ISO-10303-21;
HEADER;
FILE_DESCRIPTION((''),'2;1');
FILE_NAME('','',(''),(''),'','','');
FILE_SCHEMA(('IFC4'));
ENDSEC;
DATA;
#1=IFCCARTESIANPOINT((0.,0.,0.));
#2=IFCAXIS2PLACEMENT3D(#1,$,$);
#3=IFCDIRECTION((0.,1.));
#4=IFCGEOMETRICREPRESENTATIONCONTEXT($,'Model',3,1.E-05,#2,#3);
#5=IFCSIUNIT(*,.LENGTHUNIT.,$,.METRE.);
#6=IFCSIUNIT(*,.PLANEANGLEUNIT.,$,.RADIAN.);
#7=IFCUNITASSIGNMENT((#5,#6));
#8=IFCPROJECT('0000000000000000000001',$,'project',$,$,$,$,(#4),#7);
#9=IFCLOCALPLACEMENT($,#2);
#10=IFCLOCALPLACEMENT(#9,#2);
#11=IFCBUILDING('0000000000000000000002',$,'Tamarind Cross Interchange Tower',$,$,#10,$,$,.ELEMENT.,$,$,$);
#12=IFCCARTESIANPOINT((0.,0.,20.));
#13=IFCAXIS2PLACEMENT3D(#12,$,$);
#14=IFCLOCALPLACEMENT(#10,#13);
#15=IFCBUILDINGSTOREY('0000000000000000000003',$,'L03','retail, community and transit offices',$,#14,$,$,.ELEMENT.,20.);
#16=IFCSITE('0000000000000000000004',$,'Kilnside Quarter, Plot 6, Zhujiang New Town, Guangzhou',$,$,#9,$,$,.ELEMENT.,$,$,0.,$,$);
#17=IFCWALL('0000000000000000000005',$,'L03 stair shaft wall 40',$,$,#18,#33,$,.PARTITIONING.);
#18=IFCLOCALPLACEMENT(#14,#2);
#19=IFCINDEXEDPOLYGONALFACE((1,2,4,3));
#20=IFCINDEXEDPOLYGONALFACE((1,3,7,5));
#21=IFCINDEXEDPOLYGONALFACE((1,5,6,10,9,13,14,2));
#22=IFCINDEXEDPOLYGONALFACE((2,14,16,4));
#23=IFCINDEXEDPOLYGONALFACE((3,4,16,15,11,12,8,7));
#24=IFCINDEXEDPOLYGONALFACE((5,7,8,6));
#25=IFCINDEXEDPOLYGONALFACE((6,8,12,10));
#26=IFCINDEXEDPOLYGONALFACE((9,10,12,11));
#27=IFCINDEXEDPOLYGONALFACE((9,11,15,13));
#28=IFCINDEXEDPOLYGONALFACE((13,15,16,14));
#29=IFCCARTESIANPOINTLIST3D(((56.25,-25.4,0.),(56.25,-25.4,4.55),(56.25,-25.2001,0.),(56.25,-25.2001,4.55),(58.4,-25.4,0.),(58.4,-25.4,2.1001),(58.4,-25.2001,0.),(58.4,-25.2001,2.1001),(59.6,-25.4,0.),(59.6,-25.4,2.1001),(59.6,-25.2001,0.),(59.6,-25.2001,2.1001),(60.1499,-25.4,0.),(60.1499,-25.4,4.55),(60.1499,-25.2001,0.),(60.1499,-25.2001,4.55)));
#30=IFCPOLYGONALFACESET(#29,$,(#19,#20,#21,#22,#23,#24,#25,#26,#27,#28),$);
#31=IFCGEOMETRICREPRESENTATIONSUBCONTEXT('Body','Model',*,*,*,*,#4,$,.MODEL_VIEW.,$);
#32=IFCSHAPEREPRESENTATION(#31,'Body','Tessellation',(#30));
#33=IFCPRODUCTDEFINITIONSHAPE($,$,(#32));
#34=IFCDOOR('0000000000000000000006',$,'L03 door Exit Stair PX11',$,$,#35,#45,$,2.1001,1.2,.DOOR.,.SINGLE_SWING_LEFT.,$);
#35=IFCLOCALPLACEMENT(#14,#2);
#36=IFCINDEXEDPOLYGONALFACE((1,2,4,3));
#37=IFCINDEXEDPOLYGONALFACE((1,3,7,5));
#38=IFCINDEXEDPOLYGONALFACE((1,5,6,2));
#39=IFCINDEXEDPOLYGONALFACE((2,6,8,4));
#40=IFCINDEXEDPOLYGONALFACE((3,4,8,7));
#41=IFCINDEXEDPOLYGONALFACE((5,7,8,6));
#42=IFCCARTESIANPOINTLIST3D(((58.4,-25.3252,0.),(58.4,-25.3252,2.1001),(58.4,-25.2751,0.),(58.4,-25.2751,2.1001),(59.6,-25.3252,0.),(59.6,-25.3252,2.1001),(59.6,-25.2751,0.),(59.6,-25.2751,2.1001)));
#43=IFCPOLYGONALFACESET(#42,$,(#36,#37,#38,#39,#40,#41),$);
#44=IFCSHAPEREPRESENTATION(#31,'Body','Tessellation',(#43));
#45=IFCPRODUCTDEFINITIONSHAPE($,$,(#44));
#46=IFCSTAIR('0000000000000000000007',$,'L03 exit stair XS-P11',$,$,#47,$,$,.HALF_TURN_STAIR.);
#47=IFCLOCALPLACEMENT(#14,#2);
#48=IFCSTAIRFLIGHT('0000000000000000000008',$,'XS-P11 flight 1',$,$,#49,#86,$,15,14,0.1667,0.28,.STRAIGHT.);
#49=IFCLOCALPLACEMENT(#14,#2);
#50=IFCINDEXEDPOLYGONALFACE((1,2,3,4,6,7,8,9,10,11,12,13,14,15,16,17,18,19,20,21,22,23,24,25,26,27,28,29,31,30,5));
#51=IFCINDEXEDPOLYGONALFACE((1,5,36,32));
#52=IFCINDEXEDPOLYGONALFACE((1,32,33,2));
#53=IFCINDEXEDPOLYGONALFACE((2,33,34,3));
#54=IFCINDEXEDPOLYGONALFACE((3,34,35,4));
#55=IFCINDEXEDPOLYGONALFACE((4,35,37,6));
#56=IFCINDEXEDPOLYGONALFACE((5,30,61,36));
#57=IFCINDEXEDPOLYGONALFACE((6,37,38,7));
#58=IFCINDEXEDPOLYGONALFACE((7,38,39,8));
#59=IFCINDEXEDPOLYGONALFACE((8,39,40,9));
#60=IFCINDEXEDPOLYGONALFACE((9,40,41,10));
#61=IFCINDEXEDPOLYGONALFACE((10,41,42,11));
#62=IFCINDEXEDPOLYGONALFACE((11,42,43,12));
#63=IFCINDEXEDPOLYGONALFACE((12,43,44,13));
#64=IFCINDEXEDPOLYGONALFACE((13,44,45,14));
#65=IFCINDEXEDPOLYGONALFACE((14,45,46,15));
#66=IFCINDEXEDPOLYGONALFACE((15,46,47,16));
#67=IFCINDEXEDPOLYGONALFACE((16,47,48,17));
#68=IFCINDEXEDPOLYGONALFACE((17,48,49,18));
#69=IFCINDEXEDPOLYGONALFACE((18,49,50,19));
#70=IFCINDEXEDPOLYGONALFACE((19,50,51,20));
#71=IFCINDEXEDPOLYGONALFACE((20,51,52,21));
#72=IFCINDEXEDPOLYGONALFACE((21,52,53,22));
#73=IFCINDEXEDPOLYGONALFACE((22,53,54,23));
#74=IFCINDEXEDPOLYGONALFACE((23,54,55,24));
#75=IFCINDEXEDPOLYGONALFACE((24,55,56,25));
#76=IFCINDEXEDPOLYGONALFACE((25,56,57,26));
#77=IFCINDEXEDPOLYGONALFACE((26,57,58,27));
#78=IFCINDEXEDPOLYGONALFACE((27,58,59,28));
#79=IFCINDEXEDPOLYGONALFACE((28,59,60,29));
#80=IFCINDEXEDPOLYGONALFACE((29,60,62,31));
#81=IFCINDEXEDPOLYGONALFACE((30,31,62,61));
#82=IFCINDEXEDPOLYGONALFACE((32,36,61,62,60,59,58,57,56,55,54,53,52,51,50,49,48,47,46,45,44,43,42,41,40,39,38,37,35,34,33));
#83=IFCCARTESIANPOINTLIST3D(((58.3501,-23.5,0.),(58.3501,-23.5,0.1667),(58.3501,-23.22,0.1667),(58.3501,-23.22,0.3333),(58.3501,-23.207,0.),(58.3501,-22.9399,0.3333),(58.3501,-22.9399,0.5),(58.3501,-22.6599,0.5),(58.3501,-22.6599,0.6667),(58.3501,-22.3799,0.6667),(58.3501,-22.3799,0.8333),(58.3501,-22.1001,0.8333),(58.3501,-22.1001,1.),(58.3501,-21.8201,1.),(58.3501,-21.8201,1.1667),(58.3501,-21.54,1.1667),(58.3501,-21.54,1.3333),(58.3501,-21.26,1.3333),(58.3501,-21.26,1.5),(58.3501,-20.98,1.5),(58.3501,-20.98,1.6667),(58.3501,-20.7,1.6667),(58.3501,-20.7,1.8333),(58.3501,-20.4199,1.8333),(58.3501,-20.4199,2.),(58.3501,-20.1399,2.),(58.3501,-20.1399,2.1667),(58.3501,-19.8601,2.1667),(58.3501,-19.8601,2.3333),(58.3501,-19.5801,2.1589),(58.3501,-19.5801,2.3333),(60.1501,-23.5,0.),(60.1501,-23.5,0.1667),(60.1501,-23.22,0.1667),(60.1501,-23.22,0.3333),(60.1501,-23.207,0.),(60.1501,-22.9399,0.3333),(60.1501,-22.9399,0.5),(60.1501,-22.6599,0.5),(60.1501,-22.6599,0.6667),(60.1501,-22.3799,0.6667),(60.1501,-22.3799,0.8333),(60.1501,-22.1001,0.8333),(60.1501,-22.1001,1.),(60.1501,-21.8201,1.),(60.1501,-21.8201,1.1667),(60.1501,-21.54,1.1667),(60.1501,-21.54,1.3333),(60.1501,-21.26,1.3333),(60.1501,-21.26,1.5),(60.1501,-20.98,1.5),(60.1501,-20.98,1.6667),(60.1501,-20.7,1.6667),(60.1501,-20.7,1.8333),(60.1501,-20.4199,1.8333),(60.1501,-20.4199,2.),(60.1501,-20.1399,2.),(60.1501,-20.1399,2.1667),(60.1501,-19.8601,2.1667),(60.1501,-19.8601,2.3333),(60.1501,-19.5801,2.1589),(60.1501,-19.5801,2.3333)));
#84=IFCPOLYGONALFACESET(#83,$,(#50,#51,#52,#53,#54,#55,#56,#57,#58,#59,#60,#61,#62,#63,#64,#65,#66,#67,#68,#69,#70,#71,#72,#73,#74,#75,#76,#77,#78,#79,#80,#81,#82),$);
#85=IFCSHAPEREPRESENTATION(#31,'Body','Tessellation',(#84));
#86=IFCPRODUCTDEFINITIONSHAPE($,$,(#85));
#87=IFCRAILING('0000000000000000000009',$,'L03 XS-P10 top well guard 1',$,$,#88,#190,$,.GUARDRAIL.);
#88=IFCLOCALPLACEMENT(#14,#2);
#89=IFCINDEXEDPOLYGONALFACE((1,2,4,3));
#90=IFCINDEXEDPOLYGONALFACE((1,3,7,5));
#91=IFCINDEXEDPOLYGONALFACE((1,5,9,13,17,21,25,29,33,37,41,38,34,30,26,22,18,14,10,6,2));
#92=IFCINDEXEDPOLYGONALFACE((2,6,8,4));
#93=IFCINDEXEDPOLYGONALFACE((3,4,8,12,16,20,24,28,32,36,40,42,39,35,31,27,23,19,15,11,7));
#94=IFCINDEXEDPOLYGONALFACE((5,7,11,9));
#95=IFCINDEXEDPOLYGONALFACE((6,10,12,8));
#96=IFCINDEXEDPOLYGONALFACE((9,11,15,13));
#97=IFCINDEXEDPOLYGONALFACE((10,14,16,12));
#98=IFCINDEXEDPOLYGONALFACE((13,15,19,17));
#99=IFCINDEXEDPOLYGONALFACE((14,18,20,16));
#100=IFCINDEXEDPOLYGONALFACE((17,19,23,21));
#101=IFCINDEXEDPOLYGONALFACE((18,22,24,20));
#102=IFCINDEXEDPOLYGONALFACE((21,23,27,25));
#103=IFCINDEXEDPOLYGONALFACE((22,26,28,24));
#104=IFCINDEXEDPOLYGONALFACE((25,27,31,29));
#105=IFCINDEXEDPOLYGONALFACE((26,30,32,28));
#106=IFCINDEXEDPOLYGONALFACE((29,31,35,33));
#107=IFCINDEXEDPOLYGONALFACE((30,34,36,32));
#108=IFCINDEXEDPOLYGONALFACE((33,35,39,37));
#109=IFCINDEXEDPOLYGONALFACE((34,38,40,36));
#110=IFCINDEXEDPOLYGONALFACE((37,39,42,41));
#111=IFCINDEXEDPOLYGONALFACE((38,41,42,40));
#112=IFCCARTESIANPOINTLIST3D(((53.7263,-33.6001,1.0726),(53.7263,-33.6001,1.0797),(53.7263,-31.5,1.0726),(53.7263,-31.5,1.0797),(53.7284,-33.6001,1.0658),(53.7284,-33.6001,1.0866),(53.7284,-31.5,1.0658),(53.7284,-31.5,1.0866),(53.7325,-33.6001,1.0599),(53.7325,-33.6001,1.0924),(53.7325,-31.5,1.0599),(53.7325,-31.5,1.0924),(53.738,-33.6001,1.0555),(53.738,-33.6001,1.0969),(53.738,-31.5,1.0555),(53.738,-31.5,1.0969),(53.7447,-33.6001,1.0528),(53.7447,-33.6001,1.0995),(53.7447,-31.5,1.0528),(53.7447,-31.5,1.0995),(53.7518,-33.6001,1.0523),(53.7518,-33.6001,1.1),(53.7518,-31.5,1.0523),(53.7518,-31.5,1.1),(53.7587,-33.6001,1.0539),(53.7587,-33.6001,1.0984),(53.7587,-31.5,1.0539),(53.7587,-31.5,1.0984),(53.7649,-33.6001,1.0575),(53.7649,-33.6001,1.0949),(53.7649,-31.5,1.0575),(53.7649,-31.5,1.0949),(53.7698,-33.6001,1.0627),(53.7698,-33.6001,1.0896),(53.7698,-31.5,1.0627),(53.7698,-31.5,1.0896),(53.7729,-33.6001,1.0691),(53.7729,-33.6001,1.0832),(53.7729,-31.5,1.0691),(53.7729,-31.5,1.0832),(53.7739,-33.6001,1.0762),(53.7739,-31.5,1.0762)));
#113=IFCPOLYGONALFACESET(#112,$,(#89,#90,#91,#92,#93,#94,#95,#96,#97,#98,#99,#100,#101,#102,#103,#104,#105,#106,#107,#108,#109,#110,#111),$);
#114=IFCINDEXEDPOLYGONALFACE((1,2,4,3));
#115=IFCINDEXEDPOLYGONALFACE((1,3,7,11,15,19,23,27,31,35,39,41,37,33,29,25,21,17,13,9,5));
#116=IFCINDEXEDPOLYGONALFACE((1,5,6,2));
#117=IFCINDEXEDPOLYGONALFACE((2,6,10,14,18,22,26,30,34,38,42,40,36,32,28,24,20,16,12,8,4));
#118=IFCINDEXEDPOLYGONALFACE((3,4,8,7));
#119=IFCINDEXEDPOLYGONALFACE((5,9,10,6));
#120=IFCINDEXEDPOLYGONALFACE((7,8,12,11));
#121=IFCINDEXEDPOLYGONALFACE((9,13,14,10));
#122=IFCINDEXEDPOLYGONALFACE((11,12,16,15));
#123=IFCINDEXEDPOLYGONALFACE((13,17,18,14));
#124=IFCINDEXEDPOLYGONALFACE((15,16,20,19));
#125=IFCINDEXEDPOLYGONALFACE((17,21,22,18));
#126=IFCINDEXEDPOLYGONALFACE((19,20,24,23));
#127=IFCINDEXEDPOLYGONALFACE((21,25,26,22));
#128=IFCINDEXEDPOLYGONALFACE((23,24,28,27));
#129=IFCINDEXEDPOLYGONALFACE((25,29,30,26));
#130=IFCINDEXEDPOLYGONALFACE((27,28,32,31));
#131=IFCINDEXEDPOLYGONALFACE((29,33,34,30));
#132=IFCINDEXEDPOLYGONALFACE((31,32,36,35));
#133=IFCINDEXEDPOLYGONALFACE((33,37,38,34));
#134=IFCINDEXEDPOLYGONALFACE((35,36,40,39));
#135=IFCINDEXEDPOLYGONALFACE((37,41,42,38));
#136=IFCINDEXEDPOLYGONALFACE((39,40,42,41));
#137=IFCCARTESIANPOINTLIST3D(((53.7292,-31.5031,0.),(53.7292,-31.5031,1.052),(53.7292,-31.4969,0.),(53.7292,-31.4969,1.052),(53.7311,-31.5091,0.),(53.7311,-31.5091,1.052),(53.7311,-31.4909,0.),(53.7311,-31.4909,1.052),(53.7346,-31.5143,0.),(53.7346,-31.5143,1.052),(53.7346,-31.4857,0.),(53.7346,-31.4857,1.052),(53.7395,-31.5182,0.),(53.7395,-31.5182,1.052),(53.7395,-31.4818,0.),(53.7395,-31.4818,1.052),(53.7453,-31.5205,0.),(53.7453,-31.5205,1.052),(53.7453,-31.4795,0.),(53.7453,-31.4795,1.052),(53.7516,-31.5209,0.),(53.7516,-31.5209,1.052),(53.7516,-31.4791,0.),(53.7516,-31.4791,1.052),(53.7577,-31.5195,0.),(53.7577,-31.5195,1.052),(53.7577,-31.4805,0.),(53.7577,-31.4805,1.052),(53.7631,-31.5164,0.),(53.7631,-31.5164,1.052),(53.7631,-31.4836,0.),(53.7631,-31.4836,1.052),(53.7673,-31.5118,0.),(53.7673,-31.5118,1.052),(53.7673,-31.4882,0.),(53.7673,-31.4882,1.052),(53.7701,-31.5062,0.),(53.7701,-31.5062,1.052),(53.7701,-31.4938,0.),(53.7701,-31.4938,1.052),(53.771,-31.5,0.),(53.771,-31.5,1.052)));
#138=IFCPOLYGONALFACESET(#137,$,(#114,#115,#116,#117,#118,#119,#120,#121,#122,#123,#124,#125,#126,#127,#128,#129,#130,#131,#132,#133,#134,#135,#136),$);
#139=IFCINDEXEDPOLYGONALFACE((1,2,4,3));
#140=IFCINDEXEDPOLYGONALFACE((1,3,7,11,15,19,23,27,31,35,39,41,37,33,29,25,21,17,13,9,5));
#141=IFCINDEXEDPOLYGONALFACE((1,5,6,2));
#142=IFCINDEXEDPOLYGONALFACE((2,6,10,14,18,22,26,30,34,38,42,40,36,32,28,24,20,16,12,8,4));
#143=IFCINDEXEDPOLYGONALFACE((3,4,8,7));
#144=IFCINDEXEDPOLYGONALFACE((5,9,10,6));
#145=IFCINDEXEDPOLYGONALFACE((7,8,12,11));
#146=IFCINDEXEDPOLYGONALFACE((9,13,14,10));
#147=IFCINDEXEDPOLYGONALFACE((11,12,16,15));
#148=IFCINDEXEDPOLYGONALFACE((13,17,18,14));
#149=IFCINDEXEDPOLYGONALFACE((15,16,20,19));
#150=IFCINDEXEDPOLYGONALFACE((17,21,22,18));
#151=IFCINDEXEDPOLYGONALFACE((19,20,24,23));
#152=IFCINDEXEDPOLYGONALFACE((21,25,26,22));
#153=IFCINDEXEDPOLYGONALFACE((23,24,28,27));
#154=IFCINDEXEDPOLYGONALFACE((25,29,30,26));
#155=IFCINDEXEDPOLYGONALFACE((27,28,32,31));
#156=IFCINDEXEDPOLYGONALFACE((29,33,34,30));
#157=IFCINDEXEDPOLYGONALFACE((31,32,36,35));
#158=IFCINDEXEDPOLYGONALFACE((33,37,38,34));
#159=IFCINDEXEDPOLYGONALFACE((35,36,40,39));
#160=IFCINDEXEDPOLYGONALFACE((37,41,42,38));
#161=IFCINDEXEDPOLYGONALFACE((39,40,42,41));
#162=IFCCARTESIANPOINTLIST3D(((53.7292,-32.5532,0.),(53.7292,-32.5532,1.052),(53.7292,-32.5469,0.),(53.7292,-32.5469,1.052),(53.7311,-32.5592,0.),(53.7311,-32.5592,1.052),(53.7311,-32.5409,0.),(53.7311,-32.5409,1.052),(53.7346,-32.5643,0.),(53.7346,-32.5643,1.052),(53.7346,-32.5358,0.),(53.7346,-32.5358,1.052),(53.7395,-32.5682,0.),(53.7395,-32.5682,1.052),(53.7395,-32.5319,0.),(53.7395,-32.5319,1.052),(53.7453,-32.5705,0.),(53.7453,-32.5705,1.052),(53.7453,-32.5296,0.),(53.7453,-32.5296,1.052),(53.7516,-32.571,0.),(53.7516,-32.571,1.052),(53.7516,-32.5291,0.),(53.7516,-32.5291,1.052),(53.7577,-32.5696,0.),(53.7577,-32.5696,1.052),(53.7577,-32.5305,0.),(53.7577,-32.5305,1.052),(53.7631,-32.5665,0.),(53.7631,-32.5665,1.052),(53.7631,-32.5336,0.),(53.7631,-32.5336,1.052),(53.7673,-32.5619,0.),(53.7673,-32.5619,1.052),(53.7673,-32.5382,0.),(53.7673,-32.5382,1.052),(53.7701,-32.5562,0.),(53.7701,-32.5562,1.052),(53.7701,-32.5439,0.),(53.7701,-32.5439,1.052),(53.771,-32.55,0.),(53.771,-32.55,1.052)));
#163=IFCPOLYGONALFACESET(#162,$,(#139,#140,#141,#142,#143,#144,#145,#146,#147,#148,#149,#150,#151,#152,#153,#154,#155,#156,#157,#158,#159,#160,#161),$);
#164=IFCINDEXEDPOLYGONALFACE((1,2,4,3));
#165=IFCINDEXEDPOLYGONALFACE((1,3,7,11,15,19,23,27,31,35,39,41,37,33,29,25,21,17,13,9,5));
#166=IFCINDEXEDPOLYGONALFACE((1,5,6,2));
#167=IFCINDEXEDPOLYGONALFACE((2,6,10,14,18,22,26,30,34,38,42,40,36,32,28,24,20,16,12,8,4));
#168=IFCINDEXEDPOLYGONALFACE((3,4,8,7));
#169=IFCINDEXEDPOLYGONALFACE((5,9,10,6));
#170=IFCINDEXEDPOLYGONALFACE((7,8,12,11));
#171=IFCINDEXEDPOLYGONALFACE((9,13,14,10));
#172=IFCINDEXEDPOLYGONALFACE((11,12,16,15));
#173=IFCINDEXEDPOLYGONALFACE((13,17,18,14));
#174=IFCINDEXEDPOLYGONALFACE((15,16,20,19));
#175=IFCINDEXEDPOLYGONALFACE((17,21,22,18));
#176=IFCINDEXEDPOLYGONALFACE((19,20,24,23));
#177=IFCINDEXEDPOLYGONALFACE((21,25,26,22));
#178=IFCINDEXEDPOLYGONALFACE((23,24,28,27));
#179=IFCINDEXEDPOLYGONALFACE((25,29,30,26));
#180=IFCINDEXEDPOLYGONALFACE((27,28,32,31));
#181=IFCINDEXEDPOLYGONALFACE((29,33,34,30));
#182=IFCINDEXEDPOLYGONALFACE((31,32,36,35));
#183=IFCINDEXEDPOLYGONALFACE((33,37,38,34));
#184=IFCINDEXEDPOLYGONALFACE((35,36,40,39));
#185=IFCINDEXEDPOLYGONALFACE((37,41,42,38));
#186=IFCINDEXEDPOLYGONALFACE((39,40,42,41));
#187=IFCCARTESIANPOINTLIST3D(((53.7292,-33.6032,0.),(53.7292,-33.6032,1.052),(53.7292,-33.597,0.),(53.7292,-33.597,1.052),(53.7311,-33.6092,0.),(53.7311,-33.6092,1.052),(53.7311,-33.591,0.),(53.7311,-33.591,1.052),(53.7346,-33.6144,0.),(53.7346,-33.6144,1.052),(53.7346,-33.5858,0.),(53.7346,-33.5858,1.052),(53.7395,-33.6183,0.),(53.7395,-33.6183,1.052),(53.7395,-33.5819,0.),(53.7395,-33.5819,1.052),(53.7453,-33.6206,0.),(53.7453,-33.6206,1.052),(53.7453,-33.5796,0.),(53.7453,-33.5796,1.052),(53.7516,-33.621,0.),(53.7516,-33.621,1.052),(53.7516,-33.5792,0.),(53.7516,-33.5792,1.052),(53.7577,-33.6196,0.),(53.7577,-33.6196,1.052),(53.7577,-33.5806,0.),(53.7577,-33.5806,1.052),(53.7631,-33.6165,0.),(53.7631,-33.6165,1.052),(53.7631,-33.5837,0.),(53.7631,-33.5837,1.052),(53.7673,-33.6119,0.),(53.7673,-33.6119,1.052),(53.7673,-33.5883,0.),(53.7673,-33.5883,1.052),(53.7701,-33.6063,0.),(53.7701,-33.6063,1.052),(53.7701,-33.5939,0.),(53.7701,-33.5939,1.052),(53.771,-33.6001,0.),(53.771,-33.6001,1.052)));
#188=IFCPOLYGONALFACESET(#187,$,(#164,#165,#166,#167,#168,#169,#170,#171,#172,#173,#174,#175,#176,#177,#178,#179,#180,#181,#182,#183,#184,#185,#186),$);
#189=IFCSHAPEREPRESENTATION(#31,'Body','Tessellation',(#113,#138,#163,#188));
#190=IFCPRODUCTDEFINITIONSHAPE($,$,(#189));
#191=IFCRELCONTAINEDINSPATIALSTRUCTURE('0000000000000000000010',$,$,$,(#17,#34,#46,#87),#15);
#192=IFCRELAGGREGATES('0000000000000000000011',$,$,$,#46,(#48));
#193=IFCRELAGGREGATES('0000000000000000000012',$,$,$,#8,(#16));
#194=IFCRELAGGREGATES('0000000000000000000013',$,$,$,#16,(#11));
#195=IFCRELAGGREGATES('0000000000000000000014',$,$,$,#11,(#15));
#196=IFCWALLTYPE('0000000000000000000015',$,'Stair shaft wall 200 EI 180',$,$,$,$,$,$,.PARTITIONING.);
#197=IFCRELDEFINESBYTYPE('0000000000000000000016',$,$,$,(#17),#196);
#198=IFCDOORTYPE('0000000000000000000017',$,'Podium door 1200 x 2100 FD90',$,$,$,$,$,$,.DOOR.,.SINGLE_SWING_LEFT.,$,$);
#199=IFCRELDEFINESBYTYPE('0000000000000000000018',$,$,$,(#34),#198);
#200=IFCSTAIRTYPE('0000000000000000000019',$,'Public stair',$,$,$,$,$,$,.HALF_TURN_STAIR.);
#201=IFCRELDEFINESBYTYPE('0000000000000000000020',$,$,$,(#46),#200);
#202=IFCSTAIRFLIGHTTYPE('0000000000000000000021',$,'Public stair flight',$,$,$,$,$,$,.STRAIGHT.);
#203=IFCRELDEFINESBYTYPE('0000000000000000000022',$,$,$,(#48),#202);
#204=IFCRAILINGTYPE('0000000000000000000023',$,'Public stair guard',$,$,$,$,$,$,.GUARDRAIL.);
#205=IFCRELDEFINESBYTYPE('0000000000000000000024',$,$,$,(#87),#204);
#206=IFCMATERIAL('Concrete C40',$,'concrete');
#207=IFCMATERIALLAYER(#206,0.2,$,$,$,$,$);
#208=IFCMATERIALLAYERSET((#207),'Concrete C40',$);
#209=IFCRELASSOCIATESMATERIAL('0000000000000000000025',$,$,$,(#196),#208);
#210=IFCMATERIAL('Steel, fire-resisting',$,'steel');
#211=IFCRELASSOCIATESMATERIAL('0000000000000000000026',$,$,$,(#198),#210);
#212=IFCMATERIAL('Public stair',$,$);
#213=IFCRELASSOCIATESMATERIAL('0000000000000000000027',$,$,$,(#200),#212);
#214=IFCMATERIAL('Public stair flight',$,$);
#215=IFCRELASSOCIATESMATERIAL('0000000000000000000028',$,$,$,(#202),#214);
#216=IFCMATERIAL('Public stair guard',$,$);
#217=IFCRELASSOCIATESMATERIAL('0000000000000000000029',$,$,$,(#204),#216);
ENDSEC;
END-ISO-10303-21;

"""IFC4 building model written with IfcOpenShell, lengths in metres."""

from ifc_helpers import new_model, si_unit, direction, frame, frame_2d, origin, origin_2d, place, context, subcontext, project, spatial, polyline, rectangle, circle, outline, extrude, material, layer, layer_set, type_object, element, fill, aggregate, save


model = new_model("IFC4")

# Units and contexts
model_context = context("Model", 3, precision=1e-05, world=origin(), true_north=direction((0.0, 1.0)))
body_context = subcontext(model_context, "Body", "Model", "MODEL_VIEW")
ifc_project = project(units=[si_unit("LENGTHUNIT", "METRE"), si_unit("PLANEANGLEUNIT", "RADIAN")], contexts=[model_context])

# Site, building, storey
site_placement = place(None, origin())
site = spatial("IfcSite", under=ifc_project, at=site_placement, Name="Kilnside Quarter, Plot 6, Zhujiang New Town, Guangzhou", CompositionType="ELEMENT", RefElevation=0.0)
building_placement = place(site_placement, origin())
building = spatial("IfcBuilding", under=site, at=building_placement, Name="Tamarind Cross Interchange Tower", CompositionType="ELEMENT")
storey_placement = place(building_placement, frame((0.0, 0.0, 20.0)))
storey = spatial("IfcBuildingStorey", under=building, at=storey_placement, Name="L03", Description="retail, community and transit offices", CompositionType="ELEMENT", Elevation=20.0)

# Shared definitions
ifc_material_1 = material(Name="Concrete C40", Category="concrete")
ifc_layer_1 = layer(ifc_material_1, 0.2)
ifc_layer_set_1 = layer_set([ifc_layer_1], Name="Concrete C40")
wall_type_1 = type_object("IfcWallType", Name="Stair shaft wall 200 EI 180", PredefinedType="PARTITIONING", material=ifc_layer_set_1)

# Shared definitions
ifc_material_2 = material(Name="Steel, fire-resisting", Category="steel")
door_type = type_object("IfcDoorType", Name="Podium door 1200 x 2100 FD90", OperationType="SINGLE_SWING_LEFT", PredefinedType="DOOR", material=ifc_material_2)

# Wall, opening, door
wall_1_placement = place(storey_placement, frame((56.25, -25.3, 0.0), z_axis=(0.0, 0.0, 1.0), x_axis=(1.0, 0.0, 0.0)))
wall_1 = element("IfcWall", 1, at=wall_1_placement, inside=storey, type_object=wall_type_1, Name="L03 stair shaft wall 40", PredefinedType="PARTITIONING", context=body_context, shape_type="SweptSolid", body=[
    extrude(rectangle(XDim=3.8999, YDim=0.2, at=frame_2d((1.95, 0.0))), origin(), (0.0, 0.0, 1.0), 4.55),
])
opening_1_placement = place(wall_1_placement, frame((2.1499, 0.0, 0.0)))
opening_1 = element("IfcOpeningElement", 2, at=opening_1_placement, cuts=wall_1, PredefinedType="OPENING", context=body_context, shape_type="SweptSolid", body=[
    extrude(rectangle(XDim=1.2, YDim=2.1001, at=frame_2d((0.6001, 1.05))), frame((0.0, 0.1099, 0.0), z_axis=(0.0, -1.0, 0.0), x_axis=(1.0, 0.0, 0.0)), (0.0, 0.0, 1.0), 0.22),
])
door_1_placement = place(opening_1_placement, origin())
door_1 = element("IfcDoor", 3, at=door_1_placement, inside=storey, type_object=door_type, Name="L03 door Exit Stair PX11", OperationType="SINGLE_SWING_LEFT", OverallHeight=2.1001, OverallWidth=1.2, PredefinedType="DOOR", context=body_context, shape_type="SweptSolid", body=[
    extrude(rectangle(XDim=1.2, YDim=2.1001, at=frame_2d((0.6001, 1.05))), frame((0.0, 0.0249, 0.0), z_axis=(0.0, -1.0, 0.0), x_axis=(1.0, 0.0, 0.0)), (0.0, 0.0, 1.0), 0.05),
])
fill(opening_1, door_1)

# Stair, stair flight
ifc_material_3 = material(Name="Public stair")
stair_type = type_object("IfcStairType", Name="Public stair", PredefinedType="HALF_TURN_STAIR", material=ifc_material_3)
stair_placement = place(storey_placement, origin())
stair = element("IfcStair", 4, at=stair_placement, inside=storey, type_object=stair_type, Name="L03 exit stair XS-P11", PredefinedType="HALF_TURN_STAIR")
ifc_material_4 = material(Name="Public stair flight")
stair_flight_type = type_object("IfcStairFlightType", Name="Public stair flight", PredefinedType="STRAIGHT", material=ifc_material_4)
stair_flight_placement = place(storey_placement, frame((59.25, -23.5, 0.0), z_axis=(0.0, 0.0, 1.0), x_axis=(0.0, 1.0, 0.0)))
stair_flight = element("IfcStairFlight", 5, at=stair_flight_placement, type_object=stair_flight_type, Name="XS-P11 flight 1", NumberOfRisers=15, NumberOfTreads=14, PredefinedType="STRAIGHT", RiserHeight=0.1667, TreadLength=0.28, context=body_context, shape_type="SweptSolid", body=[
    extrude(outline(polyline([(0.0, 0.0), (0.0, 0.1667), (0.28, 0.1667), (0.28, 0.3333), (0.5601, 0.3333), (0.5601, 0.5), (0.8401, 0.5), (0.8401, 0.6667), (1.1201, 0.6667), (1.1201, 0.8333), (1.3999, 0.8333), (1.3999, 1.0), (1.6799, 1.0), (1.6799, 1.1667), (1.96, 1.1667), (1.96, 1.3333), (2.24, 1.3333), (2.24, 1.5), (2.52, 1.5), (2.52, 1.6667), (2.8, 1.6667), (2.8, 1.8333), (3.0801, 1.8333), (3.0801, 2.0), (3.3601, 2.0), (3.3601, 2.1667), (3.6399, 2.1667), (3.6399, 2.3333), (3.9199, 2.3333), (3.9199, 2.5), (3.9199, 2.1589), (0.293, 0.0), (0.0, 0.0)])), frame((0.0, 0.8999, 0.0), z_axis=(0.0, -1.0, 0.0), x_axis=(1.0, 0.0, 0.0)), (0.0, 0.0, 1.0), 1.8),
])
aggregate(stair, [stair_flight])

# Railing
ifc_material_5 = material(Name="Public stair guard")
railing_type = type_object("IfcRailingType", Name="Public stair guard", PredefinedType="GUARDRAIL", material=ifc_material_5)
railing_1_placement = place(storey_placement, frame((53.75, -31.5, 0.0)))
element("IfcRailing", 6, at=railing_1_placement, inside=storey, type_object=railing_type, Name="L03 XS-P10 top well guard 1", PredefinedType="GUARDRAIL", context=body_context, shape_type="SweptSolid", body=[
    extrude(circle(Radius=0.0239, at=origin_2d()), frame((0.0, 0.0, 1.0762), z_axis=(0.0, -1.0, 0.0), x_axis=(1.0, 0.0, 0.0)), (0.0, 0.0, 1.0), 2.1001),
    extrude(circle(Radius=0.021, at=origin_2d()), origin(), (0.0, 0.0, 1.0), 1.052),
    extrude(circle(Radius=0.021, at=origin_2d()), frame((0.0, -1.05, 0.0)), (0.0, 0.0, 1.0), 1.052),
    extrude(circle(Radius=0.021, at=origin_2d()), frame((0.0, -2.1001, 0.0)), (0.0, 0.0, 1.0), 1.052),
])

save(model, "model.ifc")
